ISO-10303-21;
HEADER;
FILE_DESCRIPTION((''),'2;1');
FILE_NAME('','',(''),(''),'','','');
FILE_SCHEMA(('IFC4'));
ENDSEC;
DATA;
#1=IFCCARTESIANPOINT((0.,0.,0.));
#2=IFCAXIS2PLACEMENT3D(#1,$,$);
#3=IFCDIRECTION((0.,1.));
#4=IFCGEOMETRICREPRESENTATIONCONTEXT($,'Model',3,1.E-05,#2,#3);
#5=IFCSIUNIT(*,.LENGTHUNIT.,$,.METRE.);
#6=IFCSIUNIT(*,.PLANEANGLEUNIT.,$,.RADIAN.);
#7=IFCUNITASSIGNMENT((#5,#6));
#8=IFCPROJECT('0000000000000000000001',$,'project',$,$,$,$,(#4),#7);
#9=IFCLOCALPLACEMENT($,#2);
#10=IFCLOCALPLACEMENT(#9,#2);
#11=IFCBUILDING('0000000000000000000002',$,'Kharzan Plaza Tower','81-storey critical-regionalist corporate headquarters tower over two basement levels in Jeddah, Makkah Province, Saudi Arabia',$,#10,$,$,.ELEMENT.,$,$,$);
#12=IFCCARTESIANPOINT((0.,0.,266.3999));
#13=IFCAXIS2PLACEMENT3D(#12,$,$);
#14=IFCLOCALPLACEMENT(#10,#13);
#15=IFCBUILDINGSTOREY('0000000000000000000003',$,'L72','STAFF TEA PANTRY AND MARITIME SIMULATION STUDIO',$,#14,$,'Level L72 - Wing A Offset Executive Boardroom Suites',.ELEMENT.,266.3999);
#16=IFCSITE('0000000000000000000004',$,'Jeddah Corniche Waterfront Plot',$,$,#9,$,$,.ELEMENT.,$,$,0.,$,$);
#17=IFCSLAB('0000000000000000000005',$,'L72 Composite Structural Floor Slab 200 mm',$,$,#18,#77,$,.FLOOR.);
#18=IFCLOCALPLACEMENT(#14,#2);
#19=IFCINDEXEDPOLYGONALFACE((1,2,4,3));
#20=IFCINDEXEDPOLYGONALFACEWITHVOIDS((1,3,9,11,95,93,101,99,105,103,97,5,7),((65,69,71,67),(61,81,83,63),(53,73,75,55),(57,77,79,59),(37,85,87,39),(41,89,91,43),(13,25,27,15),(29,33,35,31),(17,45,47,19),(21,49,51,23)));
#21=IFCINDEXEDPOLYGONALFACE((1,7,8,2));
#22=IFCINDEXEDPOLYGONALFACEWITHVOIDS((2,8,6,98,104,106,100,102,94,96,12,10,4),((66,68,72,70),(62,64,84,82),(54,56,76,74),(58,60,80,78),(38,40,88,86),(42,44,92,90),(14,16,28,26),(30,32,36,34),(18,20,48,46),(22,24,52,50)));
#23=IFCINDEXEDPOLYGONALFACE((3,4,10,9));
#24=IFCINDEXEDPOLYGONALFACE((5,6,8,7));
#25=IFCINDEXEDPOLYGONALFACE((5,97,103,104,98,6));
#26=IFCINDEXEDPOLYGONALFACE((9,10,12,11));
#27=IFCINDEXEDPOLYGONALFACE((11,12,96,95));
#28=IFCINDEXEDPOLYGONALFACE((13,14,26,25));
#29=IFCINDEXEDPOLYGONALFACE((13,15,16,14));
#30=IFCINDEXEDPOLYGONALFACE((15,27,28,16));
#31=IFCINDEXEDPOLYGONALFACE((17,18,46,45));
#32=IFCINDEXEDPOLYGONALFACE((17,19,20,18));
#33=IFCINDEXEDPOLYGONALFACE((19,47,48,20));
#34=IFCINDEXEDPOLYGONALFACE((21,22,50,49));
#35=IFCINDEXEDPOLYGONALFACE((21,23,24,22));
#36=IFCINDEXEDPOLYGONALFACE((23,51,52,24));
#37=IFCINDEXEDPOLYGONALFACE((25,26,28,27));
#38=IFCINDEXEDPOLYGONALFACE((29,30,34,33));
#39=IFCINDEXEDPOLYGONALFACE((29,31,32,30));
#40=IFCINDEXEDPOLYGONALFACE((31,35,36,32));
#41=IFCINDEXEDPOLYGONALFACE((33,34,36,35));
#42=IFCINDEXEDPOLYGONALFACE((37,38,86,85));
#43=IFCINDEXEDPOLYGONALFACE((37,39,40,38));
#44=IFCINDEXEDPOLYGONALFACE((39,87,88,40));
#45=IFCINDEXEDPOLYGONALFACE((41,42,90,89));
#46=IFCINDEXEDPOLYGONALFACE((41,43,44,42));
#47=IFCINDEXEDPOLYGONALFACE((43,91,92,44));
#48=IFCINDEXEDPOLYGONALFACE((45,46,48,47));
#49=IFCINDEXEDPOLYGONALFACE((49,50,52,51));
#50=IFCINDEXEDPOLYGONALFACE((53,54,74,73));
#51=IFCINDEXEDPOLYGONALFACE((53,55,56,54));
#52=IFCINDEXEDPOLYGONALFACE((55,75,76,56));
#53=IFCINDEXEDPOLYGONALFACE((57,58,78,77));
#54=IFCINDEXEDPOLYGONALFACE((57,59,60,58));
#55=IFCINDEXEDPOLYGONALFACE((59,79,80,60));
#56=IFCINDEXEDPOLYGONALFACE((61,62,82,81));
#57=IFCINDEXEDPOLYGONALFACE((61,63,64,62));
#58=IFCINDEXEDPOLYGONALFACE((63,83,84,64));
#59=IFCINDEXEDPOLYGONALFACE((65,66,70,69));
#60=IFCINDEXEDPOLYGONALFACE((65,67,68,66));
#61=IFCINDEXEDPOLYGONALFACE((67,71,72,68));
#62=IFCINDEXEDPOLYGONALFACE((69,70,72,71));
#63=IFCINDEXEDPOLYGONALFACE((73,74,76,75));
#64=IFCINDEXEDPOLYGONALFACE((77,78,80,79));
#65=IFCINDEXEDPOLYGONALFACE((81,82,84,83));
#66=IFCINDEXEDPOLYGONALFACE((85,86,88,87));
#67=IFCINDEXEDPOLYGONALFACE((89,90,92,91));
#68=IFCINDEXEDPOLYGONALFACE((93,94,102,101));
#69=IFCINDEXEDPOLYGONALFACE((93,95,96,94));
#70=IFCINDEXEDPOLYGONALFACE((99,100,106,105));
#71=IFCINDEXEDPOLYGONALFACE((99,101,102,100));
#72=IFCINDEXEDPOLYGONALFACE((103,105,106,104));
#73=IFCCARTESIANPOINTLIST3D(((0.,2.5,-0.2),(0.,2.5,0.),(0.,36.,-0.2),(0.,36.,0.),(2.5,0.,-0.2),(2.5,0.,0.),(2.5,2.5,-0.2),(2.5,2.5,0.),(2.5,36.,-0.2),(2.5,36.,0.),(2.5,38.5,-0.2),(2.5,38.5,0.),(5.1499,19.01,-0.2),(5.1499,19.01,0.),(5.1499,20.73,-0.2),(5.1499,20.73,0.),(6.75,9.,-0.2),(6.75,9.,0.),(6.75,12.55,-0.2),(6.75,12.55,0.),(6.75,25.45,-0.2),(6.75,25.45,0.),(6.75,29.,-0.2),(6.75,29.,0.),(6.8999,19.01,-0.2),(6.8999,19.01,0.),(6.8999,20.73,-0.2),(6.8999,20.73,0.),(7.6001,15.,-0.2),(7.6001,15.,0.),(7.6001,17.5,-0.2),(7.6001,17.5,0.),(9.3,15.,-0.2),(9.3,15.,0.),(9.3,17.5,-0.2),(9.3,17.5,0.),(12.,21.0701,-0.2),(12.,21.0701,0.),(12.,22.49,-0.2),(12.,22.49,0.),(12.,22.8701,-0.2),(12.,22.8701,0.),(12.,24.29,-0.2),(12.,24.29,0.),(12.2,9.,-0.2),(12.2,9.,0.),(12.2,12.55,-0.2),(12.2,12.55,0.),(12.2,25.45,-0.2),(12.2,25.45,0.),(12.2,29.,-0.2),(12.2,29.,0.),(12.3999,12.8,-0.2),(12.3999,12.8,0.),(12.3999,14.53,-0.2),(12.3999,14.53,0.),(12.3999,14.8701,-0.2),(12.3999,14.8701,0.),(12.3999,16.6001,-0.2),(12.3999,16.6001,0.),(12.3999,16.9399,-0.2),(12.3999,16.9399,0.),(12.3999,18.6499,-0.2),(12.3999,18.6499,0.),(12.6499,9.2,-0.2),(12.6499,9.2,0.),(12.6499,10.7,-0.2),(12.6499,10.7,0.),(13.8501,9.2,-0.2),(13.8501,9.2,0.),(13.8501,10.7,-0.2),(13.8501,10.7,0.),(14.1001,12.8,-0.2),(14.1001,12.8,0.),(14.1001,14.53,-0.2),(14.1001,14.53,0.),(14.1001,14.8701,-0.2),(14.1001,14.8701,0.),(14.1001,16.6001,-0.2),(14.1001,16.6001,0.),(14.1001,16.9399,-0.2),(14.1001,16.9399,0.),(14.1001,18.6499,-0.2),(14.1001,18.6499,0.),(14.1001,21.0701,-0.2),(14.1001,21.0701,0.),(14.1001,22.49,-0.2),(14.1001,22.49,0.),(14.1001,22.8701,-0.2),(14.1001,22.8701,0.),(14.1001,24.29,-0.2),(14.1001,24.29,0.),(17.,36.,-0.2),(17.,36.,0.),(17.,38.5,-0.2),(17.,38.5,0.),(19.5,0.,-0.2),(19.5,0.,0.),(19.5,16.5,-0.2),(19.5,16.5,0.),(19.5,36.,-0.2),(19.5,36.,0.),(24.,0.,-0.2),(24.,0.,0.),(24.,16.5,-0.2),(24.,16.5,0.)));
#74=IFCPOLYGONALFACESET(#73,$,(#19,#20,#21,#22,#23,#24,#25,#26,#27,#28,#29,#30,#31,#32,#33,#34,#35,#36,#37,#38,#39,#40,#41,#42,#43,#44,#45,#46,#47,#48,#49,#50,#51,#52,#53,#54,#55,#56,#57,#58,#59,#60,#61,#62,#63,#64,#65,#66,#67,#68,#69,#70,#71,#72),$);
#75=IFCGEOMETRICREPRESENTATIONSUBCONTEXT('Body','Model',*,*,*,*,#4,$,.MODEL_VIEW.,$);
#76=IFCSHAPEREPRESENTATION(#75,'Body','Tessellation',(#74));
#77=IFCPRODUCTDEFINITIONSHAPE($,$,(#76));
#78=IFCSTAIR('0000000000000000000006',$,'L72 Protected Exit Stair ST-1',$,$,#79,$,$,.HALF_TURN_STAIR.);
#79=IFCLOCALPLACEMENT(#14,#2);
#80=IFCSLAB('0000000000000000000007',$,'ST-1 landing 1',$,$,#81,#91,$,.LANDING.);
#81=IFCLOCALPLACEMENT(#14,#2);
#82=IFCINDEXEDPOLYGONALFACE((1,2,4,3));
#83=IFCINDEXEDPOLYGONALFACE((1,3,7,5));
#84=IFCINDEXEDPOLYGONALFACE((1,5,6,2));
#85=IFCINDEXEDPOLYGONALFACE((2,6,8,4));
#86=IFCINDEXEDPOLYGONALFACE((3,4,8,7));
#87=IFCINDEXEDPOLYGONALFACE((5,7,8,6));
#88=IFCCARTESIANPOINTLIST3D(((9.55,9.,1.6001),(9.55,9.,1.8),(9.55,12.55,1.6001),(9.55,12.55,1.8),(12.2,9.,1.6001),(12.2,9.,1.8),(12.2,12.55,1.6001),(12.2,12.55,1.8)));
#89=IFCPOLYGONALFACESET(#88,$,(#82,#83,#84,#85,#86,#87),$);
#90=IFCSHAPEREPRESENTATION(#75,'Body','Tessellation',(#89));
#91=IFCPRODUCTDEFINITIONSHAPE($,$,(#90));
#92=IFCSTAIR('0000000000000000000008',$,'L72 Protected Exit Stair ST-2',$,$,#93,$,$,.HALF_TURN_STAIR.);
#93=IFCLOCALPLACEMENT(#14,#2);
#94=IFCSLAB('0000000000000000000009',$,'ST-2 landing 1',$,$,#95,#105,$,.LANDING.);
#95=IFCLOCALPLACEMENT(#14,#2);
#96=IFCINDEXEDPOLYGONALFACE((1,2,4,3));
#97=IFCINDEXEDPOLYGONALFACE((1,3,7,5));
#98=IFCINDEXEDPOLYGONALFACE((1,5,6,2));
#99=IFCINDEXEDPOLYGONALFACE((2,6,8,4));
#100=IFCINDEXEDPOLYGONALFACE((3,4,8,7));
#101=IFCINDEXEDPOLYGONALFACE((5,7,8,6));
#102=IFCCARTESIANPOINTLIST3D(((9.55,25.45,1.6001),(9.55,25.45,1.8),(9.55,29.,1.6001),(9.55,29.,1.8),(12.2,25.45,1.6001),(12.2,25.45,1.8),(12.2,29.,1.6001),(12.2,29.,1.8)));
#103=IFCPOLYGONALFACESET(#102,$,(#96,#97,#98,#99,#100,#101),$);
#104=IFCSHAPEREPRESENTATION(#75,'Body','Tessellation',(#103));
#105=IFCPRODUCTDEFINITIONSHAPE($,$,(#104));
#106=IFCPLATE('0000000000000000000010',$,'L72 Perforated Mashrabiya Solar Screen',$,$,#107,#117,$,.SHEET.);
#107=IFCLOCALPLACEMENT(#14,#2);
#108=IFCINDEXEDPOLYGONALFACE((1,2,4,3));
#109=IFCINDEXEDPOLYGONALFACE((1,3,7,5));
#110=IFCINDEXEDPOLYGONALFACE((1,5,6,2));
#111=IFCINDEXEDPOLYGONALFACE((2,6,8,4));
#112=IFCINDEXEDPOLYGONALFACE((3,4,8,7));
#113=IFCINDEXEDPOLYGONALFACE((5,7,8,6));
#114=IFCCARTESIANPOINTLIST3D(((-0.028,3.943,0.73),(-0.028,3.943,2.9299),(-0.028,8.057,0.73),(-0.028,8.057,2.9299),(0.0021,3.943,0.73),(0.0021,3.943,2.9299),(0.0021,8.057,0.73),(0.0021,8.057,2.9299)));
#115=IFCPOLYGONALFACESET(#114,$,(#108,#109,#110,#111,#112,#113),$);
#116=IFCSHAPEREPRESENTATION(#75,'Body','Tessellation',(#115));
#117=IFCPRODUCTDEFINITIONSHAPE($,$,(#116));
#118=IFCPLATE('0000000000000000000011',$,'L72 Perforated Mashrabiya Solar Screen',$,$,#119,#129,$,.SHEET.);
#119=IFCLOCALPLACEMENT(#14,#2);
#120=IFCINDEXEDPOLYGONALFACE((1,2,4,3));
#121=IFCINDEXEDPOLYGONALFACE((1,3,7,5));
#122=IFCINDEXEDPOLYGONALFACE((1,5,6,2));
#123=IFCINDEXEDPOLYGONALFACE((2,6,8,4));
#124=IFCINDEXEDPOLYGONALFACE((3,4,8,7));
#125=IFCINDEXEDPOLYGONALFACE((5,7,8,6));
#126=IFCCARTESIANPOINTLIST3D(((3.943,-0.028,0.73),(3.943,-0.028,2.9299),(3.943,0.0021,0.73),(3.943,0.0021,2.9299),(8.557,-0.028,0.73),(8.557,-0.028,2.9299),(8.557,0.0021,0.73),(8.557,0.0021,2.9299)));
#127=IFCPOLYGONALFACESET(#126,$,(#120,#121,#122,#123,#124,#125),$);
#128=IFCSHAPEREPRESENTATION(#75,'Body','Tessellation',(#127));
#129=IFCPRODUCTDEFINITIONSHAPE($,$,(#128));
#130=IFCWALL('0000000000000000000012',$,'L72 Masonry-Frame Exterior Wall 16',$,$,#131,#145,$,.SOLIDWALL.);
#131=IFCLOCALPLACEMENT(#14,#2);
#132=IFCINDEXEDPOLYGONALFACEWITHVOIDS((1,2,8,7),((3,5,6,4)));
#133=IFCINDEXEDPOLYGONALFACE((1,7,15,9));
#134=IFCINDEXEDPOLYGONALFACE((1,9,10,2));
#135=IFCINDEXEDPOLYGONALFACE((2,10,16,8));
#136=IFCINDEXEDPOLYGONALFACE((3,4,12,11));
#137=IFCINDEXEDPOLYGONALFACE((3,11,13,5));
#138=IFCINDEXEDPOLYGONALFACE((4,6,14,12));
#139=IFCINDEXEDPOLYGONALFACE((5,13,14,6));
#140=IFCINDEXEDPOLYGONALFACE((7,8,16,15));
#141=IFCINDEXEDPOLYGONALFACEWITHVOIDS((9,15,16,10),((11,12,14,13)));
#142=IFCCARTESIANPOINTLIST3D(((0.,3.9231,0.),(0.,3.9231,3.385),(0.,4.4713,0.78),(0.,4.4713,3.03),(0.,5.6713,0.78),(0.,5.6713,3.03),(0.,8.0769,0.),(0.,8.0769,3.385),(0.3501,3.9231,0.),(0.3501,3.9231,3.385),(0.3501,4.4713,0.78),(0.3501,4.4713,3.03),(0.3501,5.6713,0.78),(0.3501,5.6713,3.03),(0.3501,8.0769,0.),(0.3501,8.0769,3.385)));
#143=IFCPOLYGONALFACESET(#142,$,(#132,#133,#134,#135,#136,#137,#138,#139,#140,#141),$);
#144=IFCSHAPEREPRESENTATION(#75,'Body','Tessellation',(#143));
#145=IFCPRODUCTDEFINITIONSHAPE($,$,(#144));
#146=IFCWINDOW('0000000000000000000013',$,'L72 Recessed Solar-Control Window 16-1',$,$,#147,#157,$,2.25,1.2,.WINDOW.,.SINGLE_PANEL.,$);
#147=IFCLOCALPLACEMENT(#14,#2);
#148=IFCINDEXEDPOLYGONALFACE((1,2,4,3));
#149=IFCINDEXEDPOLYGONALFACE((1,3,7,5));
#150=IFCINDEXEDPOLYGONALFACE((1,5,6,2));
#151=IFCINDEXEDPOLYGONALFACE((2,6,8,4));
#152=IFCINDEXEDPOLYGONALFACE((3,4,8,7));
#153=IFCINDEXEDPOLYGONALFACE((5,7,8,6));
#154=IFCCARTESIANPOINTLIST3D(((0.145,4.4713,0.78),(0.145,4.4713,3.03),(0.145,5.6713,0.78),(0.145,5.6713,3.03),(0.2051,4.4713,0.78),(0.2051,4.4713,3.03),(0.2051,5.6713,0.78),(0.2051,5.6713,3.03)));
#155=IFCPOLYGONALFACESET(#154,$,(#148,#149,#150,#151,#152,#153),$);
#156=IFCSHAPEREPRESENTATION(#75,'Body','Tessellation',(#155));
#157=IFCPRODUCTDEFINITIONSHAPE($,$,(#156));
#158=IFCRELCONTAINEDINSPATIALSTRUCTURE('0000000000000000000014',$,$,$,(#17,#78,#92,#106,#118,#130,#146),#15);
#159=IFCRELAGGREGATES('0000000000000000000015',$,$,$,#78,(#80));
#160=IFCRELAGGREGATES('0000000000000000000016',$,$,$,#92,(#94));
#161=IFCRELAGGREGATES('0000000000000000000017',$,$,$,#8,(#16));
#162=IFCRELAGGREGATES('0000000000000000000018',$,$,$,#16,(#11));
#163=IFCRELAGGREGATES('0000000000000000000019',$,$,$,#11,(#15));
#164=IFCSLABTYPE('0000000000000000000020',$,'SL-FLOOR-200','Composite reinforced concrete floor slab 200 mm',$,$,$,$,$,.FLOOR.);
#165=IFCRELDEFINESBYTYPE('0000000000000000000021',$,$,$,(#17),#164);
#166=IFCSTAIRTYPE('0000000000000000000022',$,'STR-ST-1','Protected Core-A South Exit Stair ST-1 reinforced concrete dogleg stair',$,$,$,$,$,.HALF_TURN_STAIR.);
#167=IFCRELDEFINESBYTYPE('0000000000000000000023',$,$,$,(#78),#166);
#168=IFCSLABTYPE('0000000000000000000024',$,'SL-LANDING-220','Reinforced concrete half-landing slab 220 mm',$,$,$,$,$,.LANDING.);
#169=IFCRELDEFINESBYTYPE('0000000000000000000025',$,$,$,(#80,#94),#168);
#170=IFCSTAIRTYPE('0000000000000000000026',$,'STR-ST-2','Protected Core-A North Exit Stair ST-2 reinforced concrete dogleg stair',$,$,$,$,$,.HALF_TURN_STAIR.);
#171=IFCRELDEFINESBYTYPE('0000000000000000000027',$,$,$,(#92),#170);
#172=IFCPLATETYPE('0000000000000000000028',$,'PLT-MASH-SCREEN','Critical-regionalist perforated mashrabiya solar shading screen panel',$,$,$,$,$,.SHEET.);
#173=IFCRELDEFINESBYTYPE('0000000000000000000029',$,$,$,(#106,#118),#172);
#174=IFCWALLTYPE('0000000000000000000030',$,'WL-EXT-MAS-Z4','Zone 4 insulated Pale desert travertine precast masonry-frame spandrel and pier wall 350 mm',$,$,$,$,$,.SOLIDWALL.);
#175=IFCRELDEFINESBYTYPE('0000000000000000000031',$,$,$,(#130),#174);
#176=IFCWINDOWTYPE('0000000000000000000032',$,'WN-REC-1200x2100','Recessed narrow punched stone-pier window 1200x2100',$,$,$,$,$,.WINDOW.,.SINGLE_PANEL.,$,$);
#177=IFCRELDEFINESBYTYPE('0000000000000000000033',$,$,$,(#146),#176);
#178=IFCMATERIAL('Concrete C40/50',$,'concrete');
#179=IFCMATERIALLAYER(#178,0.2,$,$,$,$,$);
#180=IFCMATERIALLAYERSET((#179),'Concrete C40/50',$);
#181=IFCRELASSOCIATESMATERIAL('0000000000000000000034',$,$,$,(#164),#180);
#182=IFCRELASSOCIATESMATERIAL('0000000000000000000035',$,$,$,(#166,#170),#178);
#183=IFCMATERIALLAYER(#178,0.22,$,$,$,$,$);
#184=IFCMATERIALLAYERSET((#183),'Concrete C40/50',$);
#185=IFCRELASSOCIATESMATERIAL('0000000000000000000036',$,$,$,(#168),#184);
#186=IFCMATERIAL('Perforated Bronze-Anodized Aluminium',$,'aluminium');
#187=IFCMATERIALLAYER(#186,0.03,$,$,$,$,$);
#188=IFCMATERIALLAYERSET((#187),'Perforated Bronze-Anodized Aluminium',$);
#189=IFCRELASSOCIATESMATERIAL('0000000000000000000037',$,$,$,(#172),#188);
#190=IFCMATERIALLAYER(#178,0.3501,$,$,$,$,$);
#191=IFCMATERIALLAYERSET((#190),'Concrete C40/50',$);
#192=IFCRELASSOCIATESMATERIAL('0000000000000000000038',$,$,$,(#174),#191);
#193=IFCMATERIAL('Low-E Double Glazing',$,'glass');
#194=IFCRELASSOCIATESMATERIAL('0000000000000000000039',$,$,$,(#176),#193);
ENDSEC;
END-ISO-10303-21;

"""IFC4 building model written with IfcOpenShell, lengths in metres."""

from ifc_helpers import new_model, si_unit, direction, frame, frame_2d, origin, origin_2d, place, context, subcontext, project, spatial, polyline, rectangle, outline, extrude, source, transform, mapped, material, layer, layer_set, type_object, element, fill, aggregate, save


model = new_model("IFC4")

# Units and contexts
model_context = context("Model", 3, precision=1e-05, world=origin(), true_north=direction((0.0, 1.0)))
body_context = subcontext(model_context, "Body", "Model", "MODEL_VIEW")
ifc_project = project(units=[si_unit("LENGTHUNIT", "METRE"), si_unit("PLANEANGLEUNIT", "RADIAN")], contexts=[model_context])

# Site, building, storey
site_placement = place(None, origin())
site = spatial("IfcSite", under=ifc_project, at=site_placement, Name="Jeddah Corniche Waterfront Plot", CompositionType="ELEMENT", RefElevation=0.0)
building_placement = place(site_placement, origin())
building = spatial("IfcBuilding", under=site, at=building_placement, Name="Kharzan Plaza Tower", Description="81-storey critical-regionalist corporate headquarters tower over two basement levels in Jeddah, Makkah Province, Saudi Arabia", CompositionType="ELEMENT")
storey_placement = place(building_placement, frame((0.0, 0.0, 266.3999)))
storey = spatial("IfcBuildingStorey", under=building, at=storey_placement, Name="L72", Description="STAFF TEA PANTRY AND MARITIME SIMULATION STUDIO", LongName="Level L72 - Wing A Offset Executive Boardroom Suites", CompositionType="ELEMENT", Elevation=266.3999)

# Slab
ifc_material_1 = material(Name="Concrete C40/50", Category="concrete")
ifc_layer_1 = layer(ifc_material_1, 0.2)
ifc_layer_set_1 = layer_set([ifc_layer_1], Name="Concrete C40/50")
slab_type_1 = type_object("IfcSlabType", Name="SL-FLOOR-200", Description="Composite reinforced concrete floor slab 200 mm", PredefinedType="FLOOR", material=ifc_layer_set_1)
slab_1_placement = place(storey_placement, frame((0.0, 0.0, -0.2)))
element("IfcSlab", 1, at=slab_1_placement, inside=storey, type_object=slab_type_1, Name="L72 Composite Structural Floor Slab 200 mm", PredefinedType="FLOOR", context=body_context, shape_type="SweptSolid", body=[
    extrude(outline(polyline([(19.5, 36.0), (17.0, 36.0), (17.0, 38.5), (2.5, 38.5), (2.5, 36.0), (0.0, 36.0), (0.0, 2.5), (2.5, 2.5), (2.5, 0.0), (19.5, 0.0), (24.0, 0.0), (24.0, 16.5), (19.5, 16.5), (19.5, 36.0)]), holes=[polyline([(13.8501, 10.7), (12.6499, 10.7), (12.6499, 9.2), (13.8501, 9.2), (13.8501, 10.7)]), polyline([(12.2, 12.55), (6.75, 12.55), (6.75, 9.0), (12.2, 9.0), (12.2, 12.55)]), polyline([(14.1001, 14.53), (12.3999, 14.53), (12.3999, 12.8), (14.1001, 12.8), (14.1001, 14.53)]), polyline([(14.1001, 14.8701), (14.1001, 16.6001), (12.3999, 16.6001), (12.3999, 14.8701), (14.1001, 14.8701)]), polyline([(9.3, 15.0), (9.3, 17.5), (7.6001, 17.5), (7.6001, 15.0), (9.3, 15.0)]), polyline([(14.1001, 18.6499), (12.3999, 18.6499), (12.3999, 16.9399), (14.1001, 16.9399), (14.1001, 18.6499)]), polyline([(6.8999, 20.73), (5.1499, 20.73), (5.1499, 19.01), (6.8999, 19.01), (6.8999, 20.73)]), polyline([(14.1001, 22.49), (12.0, 22.49), (12.0, 21.0701), (14.1001, 21.0701), (14.1001, 22.49)]), polyline([(14.1001, 22.8701), (14.1001, 24.29), (12.0, 24.29), (12.0, 22.8701), (14.1001, 22.8701)]), polyline([(12.2, 25.45), (12.2, 29.0), (6.75, 29.0), (6.75, 25.45), (12.2, 25.45)])]), origin(), (0.0, 0.0, 1.0), 0.2),
])

# Stairs, slabs
stair_type_1 = type_object("IfcStairType", Name="STR-ST-1", Description="Protected Core-A South Exit Stair ST-1 reinforced concrete dogleg stair", PredefinedType="HALF_TURN_STAIR", material=ifc_material_1)
stair_1_placement = place(storey_placement, origin())
stair_1 = element("IfcStair", 2, at=stair_1_placement, inside=storey, type_object=stair_type_1, Name="L72 Protected Exit Stair ST-1", PredefinedType="HALF_TURN_STAIR")
ifc_layer_2 = layer(ifc_material_1, 0.22)
ifc_layer_set_2 = layer_set([ifc_layer_2], Name="Concrete C40/50")
slab_type_2 = type_object("IfcSlabType", Name="SL-LANDING-220", Description="Reinforced concrete half-landing slab 220 mm", PredefinedType="LANDING", material=ifc_layer_set_2)
slab_2_placement = place(storey_placement, frame((0.0, 0.0, 1.6001)))
slab_2 = element("IfcSlab", 3, at=slab_2_placement, type_object=slab_type_2, Name="ST-1 landing 1", PredefinedType="LANDING", context=body_context, shape_type="SweptSolid", body=[
    extrude(outline(polyline([(9.55, 9.0), (12.2, 9.0), (12.2, 12.55), (9.55, 12.55), (9.55, 9.0)])), origin(), (0.0, 0.0, 1.0), 0.2),
])
aggregate(stair_1, [slab_2])
stair_type_2 = type_object("IfcStairType", Name="STR-ST-2", Description="Protected Core-A North Exit Stair ST-2 reinforced concrete dogleg stair", PredefinedType="HALF_TURN_STAIR", material=ifc_material_1)
stair_2_placement = place(storey_placement, origin())
stair_2 = element("IfcStair", 4, at=stair_2_placement, inside=storey, type_object=stair_type_2, Name="L72 Protected Exit Stair ST-2", PredefinedType="HALF_TURN_STAIR")
slab_3_placement = place(storey_placement, frame((0.0, 0.0, 1.6001)))
slab_3 = element("IfcSlab", 5, at=slab_3_placement, type_object=slab_type_2, Name="ST-2 landing 1", PredefinedType="LANDING", context=body_context, shape_type="SweptSolid", body=[
    extrude(outline(polyline([(9.55, 25.45), (12.2, 25.45), (12.2, 29.0), (9.55, 29.0), (9.55, 25.45)])), origin(), (0.0, 0.0, 1.0), 0.2),
])
aggregate(stair_2, [slab_3])

# Plates
ifc_material_2 = material(Name="Perforated Bronze-Anodized Aluminium", Category="aluminium")
ifc_layer_3 = layer(ifc_material_2, 0.03)
ifc_layer_set_3 = layer_set([ifc_layer_3], Name="Perforated Bronze-Anodized Aluminium")
plate_type = type_object("IfcPlateType", Name="PLT-MASH-SCREEN", Description="Critical-regionalist perforated mashrabiya solar shading screen panel", PredefinedType="SHEET", material=ifc_layer_set_3)
shared_shape_1 = source(origin(), body_context, "Body", "SweptSolid", [
    extrude(rectangle(XDim=4.114, YDim=0.03, at=origin_2d()), origin(), (0.0, 0.0, 1.0), 2.2),
])
plate_1_placement = place(storey_placement, frame((-0.0129, 6.0, 0.73), z_axis=(0.0, 0.0, 1.0), x_axis=(0.0, -1.0, 0.0)))
element("IfcPlate", 6, at=plate_1_placement, inside=storey, type_object=plate_type, Name="L72 Perforated Mashrabiya Solar Screen", PredefinedType="SHEET", context=body_context, shape_type="MappedRepresentation", body=[
    mapped(shared_shape_1, transform((0.0, 0.0, 0.0), x_axis=(1.0, 0.0, 0.0), y_axis=(0.0, 1.0, 0.0), z_axis=(0.0, 0.0, 1.0))),
])
shared_shape_2 = source(origin(), body_context, "Body", "SweptSolid", [
    extrude(rectangle(XDim=4.614, YDim=0.03, at=origin_2d()), origin(), (0.0, 0.0, 1.0), 2.2),
])
plate_2_placement = place(storey_placement, frame((6.25, -0.0129, 0.73), z_axis=(0.0, 0.0, 1.0), x_axis=(1.0, 0.0, 0.0)))
element("IfcPlate", 7, at=plate_2_placement, inside=storey, type_object=plate_type, Name="L72 Perforated Mashrabiya Solar Screen", PredefinedType="SHEET", context=body_context, shape_type="MappedRepresentation", body=[
    mapped(shared_shape_2, transform((0.0, 0.0, 0.0), x_axis=(1.0, 0.0, 0.0), y_axis=(0.0, 1.0, 0.0), z_axis=(0.0, 0.0, 1.0))),
])

# Wall, opening, window
ifc_layer_4 = layer(ifc_material_1, 0.3501)
ifc_layer_set_4 = layer_set([ifc_layer_4], Name="Concrete C40/50")
wall_type_1 = type_object("IfcWallType", Name="WL-EXT-MAS-Z4", Description="Zone 4 insulated Pale desert travertine precast masonry-frame spandrel and pier wall 350 mm", PredefinedType="SOLIDWALL", material=ifc_layer_set_4)
wall_1_placement = place(storey_placement, frame((0.175, 8.0769, 0.0), z_axis=(0.0, 0.0, 1.0), x_axis=(0.0, -1.0, 0.0)))
wall_1 = element("IfcWall", 8, at=wall_1_placement, inside=storey, type_object=wall_type_1, Name="L72 Masonry-Frame Exterior Wall 16", PredefinedType="SOLIDWALL", context=body_context, shape_type="SweptSolid", body=[
    extrude(rectangle(XDim=4.1538, YDim=0.3501, at=frame_2d((2.0769, 0.0))), origin(), (0.0, 0.0, 1.0), 3.385),
])
opening_1_placement = place(wall_1_placement, frame((2.4055, 0.0, 0.78)))
opening_1 = element("IfcOpeningElement", 9, at=opening_1_placement, cuts=wall_1, PredefinedType="OPENING", context=body_context, shape_type="SweptSolid", body=[
    extrude(rectangle(XDim=1.2, YDim=2.25, at=frame_2d((0.6001, 1.125))), frame((0.0, 0.1851, 0.0), z_axis=(0.0, -1.0, 0.0), x_axis=(1.0, 0.0, 0.0)), (0.0, 0.0, 1.0), 0.3701),
])
ifc_material_3 = material(Name="Low-E Double Glazing", Category="glass")
window_type_1 = type_object("IfcWindowType", Name="WN-REC-1200x2100", Description="Recessed narrow punched stone-pier window 1200x2100", PartitioningType="SINGLE_PANEL", PredefinedType="WINDOW", material=ifc_material_3)
shared_shape_3 = source(origin(), body_context, "Body", "SweptSolid", [
    extrude(rectangle(XDim=1.2, YDim=2.25, at=frame_2d((0.6001, 1.125))), frame((0.0, 0.03, 0.0), z_axis=(0.0, -1.0, 0.0), x_axis=(1.0, 0.0, 0.0)), (0.0, 0.0, 1.0), 0.0601),
])
window_1_placement = place(opening_1_placement, origin())
window_1 = element("IfcWindow", 10, at=window_1_placement, inside=storey, type_object=window_type_1, Name="L72 Recessed Solar-Control Window 16-1", OverallHeight=2.25, OverallWidth=1.2, PartitioningType="SINGLE_PANEL", PredefinedType="WINDOW", context=body_context, shape_type="MappedRepresentation", body=[
    mapped(shared_shape_3, transform((0.0, 0.0, 0.0), x_axis=(1.0, 0.0, 0.0), y_axis=(0.0, 1.0, 0.0), z_axis=(0.0, 0.0, 1.0))),
])
fill(opening_1, window_1)

save(model, "model.ifc")
